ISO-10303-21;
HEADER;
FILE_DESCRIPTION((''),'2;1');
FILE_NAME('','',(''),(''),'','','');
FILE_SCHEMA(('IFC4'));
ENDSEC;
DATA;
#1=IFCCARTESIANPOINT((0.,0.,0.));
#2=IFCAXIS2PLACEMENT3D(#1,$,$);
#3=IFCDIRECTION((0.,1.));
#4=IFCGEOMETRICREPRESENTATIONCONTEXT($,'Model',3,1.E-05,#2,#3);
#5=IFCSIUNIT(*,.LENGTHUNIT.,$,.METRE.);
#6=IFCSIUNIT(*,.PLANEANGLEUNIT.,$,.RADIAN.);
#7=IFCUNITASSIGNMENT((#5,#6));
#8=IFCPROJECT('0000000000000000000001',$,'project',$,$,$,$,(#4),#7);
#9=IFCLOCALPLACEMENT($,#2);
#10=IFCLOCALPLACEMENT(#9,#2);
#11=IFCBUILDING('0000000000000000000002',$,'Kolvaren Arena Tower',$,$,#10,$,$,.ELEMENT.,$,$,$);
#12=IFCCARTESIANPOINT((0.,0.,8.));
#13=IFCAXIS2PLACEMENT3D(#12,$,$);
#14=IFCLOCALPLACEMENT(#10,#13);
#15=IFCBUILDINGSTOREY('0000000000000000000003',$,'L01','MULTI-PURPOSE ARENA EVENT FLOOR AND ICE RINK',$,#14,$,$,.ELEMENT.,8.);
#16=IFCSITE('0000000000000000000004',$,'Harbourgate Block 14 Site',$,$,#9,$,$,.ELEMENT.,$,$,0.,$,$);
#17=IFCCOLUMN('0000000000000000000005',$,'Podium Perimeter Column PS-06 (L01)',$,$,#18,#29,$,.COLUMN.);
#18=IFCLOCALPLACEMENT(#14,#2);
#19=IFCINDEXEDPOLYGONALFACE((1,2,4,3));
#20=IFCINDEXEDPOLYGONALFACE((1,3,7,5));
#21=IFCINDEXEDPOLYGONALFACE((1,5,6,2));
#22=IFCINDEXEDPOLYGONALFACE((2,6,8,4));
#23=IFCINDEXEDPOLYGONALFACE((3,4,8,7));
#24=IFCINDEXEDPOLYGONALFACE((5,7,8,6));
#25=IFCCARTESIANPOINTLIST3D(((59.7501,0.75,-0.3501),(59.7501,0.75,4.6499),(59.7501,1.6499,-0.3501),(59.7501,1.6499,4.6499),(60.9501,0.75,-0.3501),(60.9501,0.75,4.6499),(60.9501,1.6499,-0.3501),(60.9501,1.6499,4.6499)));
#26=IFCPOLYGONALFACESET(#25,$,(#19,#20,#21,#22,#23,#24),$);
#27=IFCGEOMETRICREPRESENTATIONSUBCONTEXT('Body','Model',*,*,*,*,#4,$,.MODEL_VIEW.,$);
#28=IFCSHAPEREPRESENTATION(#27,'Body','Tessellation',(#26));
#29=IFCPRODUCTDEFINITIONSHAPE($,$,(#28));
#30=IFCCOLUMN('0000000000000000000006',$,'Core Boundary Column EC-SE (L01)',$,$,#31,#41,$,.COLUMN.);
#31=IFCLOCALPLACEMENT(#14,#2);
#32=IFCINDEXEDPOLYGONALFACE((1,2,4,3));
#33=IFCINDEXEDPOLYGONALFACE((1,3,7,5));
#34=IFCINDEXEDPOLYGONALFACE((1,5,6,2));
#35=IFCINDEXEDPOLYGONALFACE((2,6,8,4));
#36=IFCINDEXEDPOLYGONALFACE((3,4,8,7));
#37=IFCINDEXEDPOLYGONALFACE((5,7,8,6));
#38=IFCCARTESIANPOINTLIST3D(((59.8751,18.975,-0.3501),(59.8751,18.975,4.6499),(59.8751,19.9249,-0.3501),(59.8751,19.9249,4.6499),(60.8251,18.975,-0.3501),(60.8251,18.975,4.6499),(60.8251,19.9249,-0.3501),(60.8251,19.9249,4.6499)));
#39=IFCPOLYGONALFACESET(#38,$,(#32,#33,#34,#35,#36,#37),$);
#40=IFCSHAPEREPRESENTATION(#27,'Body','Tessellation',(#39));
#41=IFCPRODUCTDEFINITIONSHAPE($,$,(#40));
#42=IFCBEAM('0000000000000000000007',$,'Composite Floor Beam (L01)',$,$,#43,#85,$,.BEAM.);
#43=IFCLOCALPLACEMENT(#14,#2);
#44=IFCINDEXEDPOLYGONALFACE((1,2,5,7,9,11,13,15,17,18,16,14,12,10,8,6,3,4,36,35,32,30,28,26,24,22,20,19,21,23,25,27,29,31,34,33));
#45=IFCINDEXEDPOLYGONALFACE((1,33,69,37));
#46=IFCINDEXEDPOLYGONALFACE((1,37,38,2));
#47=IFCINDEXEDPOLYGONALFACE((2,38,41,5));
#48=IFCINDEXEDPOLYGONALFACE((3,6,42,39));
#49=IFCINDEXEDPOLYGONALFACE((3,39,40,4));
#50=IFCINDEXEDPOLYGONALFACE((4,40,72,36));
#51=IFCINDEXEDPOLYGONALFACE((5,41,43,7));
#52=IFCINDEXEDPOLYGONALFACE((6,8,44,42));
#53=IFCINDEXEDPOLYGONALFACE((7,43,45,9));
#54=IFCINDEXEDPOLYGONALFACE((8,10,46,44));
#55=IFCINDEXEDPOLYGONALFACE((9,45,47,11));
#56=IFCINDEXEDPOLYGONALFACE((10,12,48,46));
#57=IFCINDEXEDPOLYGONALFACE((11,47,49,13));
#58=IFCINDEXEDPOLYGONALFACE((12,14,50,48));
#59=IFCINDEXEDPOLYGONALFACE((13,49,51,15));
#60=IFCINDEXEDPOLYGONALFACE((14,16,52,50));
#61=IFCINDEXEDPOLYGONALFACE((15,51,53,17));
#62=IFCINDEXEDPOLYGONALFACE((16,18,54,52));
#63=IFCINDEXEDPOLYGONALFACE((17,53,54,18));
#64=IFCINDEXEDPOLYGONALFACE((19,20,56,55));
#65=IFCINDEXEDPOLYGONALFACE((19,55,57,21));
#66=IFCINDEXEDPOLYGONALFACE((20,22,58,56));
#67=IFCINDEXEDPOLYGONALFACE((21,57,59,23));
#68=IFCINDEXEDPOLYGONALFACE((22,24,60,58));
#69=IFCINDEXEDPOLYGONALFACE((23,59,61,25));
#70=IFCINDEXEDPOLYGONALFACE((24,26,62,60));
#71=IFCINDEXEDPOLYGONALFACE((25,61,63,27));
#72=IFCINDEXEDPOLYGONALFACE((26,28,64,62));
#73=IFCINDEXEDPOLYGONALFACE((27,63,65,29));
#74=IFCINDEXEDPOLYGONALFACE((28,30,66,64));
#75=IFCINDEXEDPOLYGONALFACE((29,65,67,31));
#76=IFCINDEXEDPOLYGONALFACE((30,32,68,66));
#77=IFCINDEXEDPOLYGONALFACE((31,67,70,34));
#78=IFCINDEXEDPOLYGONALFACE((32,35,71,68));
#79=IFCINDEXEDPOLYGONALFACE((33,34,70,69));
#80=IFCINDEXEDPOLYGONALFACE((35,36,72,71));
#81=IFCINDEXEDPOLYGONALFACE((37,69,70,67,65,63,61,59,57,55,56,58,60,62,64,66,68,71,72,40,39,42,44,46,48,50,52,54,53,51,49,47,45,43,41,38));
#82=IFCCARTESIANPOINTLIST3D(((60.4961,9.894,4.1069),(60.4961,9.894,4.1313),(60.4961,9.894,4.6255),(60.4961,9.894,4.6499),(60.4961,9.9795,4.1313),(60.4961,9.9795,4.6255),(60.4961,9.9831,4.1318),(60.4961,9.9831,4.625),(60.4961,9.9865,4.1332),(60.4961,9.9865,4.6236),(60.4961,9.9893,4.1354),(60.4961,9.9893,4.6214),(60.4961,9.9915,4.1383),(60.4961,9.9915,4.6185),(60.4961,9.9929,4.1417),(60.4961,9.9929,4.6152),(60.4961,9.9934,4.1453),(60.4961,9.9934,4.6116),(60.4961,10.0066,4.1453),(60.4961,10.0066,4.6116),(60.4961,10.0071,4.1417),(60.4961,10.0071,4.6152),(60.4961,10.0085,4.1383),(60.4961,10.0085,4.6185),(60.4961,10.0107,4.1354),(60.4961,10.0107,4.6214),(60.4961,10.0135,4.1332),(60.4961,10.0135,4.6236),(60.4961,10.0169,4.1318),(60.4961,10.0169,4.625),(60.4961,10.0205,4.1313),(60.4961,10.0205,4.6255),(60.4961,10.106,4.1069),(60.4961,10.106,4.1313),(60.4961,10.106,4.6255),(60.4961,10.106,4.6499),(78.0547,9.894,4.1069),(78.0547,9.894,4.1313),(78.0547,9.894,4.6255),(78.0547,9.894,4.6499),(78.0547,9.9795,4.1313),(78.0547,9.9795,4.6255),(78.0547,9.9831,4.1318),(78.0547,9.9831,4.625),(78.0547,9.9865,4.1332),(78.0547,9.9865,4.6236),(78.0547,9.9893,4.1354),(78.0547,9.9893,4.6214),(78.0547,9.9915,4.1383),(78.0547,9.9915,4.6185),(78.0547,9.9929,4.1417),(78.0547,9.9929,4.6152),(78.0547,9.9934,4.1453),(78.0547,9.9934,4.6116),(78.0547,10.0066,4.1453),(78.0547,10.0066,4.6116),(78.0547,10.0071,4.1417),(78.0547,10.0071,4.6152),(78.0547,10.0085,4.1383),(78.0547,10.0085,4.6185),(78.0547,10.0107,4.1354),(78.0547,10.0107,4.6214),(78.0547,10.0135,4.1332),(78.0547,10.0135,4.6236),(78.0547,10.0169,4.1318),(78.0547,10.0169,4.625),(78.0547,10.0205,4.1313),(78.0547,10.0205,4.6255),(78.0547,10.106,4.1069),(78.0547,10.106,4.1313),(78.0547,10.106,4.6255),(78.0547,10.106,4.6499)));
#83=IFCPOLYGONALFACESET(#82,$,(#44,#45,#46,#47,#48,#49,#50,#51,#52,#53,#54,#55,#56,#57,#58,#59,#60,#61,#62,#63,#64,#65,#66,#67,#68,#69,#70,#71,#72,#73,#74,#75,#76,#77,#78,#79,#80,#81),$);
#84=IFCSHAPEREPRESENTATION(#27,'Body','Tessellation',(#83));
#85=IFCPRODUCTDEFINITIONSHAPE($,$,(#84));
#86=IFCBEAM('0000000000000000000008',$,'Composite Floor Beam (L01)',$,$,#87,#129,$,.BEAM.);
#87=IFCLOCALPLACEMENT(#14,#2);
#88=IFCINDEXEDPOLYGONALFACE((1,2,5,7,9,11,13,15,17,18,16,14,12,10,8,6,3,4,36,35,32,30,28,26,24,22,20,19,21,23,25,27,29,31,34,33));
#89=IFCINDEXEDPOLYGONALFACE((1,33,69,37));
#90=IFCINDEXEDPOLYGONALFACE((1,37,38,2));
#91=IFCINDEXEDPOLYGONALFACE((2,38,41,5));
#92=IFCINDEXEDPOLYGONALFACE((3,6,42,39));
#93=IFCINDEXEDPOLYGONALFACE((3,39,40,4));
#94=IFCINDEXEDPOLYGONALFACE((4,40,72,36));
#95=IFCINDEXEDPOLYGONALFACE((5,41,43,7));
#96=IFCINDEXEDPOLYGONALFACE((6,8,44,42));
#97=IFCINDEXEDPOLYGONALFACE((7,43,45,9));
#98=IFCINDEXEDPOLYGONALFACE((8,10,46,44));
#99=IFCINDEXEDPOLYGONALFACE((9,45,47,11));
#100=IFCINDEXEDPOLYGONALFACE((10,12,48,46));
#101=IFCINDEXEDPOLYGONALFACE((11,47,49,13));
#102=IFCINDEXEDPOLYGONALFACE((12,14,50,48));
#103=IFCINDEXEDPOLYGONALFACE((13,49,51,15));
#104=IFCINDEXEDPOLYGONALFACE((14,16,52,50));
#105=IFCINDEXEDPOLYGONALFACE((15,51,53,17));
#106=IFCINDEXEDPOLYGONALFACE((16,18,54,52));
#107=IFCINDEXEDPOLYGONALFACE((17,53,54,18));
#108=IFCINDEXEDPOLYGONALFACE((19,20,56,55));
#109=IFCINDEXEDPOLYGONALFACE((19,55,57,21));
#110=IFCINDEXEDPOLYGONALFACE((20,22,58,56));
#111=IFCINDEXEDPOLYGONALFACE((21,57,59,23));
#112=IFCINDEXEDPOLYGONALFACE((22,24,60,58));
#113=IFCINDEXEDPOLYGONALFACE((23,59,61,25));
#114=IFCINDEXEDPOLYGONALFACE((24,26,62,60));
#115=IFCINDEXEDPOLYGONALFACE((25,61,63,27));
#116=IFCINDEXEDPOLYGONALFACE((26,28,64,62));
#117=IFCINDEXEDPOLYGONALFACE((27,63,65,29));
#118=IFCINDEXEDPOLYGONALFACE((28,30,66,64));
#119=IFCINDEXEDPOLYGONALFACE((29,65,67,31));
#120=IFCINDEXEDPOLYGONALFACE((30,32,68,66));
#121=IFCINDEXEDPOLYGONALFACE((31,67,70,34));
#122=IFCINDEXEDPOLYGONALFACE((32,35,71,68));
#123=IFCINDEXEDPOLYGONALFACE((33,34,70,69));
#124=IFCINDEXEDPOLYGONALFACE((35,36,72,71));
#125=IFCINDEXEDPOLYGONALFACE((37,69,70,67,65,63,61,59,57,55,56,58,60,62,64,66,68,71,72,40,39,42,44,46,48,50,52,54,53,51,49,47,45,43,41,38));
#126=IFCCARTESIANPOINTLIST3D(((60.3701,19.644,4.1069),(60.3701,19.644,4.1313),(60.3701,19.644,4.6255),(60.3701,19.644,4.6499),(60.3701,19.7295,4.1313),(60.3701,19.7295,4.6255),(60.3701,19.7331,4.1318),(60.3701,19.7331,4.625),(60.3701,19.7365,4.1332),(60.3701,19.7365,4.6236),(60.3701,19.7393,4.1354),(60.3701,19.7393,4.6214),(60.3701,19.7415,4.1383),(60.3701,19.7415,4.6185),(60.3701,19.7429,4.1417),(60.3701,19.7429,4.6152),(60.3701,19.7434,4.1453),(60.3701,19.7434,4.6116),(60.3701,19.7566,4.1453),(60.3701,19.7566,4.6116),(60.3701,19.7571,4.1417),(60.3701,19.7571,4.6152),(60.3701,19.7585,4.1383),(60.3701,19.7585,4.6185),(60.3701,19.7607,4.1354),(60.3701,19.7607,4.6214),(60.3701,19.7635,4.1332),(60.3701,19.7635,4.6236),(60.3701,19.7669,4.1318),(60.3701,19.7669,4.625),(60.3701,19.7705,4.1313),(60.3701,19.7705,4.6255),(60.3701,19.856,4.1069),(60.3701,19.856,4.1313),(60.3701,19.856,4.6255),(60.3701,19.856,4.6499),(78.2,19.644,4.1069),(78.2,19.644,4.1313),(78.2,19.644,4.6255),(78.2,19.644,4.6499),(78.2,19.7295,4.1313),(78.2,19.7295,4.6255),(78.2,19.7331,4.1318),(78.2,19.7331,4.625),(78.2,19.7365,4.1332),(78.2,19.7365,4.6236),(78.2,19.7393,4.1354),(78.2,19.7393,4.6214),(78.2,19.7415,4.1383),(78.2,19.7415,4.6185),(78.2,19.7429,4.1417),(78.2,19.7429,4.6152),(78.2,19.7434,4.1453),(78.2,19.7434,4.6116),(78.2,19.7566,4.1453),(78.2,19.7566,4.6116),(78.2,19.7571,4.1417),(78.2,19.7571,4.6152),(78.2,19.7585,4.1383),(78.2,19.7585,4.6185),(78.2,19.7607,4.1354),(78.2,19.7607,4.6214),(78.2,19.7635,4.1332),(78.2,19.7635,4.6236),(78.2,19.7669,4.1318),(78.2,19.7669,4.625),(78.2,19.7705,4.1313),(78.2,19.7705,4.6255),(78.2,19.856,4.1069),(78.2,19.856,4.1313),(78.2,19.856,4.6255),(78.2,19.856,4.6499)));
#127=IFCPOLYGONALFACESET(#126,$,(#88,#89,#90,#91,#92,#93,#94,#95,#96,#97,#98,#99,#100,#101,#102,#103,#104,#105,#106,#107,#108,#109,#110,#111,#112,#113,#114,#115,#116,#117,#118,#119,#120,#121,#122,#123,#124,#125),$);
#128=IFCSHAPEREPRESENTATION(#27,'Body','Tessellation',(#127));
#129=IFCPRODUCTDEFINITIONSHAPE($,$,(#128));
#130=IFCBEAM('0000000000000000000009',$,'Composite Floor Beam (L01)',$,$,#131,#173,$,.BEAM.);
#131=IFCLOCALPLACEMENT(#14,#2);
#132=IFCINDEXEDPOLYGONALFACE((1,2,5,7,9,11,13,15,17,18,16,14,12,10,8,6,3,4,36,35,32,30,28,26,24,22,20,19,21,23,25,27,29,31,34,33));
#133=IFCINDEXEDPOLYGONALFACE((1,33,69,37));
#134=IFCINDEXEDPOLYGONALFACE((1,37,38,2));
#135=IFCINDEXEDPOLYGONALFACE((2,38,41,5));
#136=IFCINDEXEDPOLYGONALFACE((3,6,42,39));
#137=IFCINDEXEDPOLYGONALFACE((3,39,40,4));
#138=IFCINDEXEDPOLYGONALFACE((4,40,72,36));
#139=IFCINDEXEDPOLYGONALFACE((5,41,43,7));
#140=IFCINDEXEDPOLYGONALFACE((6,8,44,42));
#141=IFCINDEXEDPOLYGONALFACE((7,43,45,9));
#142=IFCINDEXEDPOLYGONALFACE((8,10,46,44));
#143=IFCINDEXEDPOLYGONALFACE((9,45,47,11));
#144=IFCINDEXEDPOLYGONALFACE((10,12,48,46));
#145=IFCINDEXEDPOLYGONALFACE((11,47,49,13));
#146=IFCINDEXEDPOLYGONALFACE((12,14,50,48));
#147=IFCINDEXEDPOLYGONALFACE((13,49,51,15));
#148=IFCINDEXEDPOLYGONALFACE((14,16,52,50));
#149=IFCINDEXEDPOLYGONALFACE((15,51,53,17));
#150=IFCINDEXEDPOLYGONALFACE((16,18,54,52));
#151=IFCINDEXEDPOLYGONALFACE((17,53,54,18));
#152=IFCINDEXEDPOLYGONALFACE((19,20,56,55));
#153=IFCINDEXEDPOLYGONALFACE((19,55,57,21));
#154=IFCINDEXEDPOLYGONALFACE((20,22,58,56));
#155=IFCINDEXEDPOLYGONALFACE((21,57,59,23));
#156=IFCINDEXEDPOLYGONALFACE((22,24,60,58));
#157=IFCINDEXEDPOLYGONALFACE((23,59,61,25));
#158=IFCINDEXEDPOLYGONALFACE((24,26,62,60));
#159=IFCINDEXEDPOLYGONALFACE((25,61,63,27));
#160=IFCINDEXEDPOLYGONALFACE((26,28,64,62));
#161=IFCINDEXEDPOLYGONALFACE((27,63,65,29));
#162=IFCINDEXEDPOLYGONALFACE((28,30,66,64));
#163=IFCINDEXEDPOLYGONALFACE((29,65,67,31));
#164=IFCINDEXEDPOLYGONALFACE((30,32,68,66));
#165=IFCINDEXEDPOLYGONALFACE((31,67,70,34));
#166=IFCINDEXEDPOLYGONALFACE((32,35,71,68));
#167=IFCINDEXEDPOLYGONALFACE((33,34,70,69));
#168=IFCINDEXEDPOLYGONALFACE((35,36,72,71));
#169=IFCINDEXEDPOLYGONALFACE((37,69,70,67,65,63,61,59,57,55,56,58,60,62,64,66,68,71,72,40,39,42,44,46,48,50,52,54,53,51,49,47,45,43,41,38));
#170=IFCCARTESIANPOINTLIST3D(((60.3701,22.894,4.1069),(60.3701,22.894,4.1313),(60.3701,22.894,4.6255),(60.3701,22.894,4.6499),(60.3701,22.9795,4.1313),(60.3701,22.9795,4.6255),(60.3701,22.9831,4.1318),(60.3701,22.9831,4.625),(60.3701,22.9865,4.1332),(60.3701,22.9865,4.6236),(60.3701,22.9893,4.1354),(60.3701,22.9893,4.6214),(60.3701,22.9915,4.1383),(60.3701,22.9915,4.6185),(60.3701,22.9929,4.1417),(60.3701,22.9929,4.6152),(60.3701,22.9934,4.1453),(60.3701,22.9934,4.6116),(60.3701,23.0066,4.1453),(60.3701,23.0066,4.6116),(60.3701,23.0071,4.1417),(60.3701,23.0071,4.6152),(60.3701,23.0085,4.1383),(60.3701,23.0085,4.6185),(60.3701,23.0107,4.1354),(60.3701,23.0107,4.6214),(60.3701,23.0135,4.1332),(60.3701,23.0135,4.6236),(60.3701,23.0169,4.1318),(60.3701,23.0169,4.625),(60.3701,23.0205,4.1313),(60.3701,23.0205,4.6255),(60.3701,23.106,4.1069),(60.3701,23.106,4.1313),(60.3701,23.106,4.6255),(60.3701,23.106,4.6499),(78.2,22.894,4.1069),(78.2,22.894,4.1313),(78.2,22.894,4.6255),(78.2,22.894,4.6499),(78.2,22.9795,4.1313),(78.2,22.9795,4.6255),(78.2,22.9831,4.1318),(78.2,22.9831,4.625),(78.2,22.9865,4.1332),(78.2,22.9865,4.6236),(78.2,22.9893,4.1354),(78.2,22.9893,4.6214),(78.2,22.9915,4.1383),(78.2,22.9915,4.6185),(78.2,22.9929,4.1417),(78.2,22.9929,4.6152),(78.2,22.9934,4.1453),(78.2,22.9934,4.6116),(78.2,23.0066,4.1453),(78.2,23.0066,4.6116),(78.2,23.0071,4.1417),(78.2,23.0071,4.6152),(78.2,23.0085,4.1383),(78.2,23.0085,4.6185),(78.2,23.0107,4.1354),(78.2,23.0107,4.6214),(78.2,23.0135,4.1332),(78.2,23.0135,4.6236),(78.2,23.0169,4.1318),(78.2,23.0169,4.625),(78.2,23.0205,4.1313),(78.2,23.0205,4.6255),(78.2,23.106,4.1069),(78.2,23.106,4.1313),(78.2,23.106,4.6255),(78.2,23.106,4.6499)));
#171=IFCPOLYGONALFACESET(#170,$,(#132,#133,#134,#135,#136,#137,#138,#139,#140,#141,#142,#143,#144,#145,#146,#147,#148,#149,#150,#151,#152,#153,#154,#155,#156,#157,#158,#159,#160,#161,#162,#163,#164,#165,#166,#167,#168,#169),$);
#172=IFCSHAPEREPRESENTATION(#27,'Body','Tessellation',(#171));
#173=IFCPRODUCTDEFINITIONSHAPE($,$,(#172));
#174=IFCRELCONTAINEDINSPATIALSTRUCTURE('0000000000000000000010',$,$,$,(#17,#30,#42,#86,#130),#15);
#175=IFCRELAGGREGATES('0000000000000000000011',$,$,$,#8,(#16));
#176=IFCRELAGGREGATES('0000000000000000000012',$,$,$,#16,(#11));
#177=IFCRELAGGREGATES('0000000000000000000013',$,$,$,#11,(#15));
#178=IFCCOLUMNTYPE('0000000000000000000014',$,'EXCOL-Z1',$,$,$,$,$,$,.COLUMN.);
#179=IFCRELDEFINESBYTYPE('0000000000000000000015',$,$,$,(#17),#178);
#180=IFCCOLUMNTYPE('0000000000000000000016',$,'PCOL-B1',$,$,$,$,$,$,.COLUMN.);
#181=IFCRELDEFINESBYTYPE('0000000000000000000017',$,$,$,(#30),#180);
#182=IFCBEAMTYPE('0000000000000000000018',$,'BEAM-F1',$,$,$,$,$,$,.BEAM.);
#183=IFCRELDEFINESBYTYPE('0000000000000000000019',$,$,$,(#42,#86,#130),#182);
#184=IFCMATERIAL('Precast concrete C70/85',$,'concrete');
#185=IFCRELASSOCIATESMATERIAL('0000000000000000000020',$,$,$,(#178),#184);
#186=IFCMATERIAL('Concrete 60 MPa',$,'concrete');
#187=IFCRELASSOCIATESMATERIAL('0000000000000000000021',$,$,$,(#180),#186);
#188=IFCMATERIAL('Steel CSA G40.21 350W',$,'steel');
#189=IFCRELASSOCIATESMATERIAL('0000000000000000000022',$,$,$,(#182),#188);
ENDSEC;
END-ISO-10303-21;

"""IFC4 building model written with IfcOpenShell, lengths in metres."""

from ifc_helpers import new_model, si_unit, direction, frame, origin, origin_2d, place, context, subcontext, project, spatial, rectangle, i_section, extrude, material, material_profile, profile_set, type_object, element, save


model = new_model("IFC4")

# Units and contexts
model_context = context("Model", 3, precision=1e-05, world=origin(), true_north=direction((0.0, 1.0)))
body_context = subcontext(model_context, "Body", "Model", "MODEL_VIEW")
ifc_project = project(units=[si_unit("LENGTHUNIT", "METRE"), si_unit("PLANEANGLEUNIT", "RADIAN")], contexts=[model_context])

# Site, building, storey
site_placement = place(None, origin())
site = spatial("IfcSite", under=ifc_project, at=site_placement, Name="Harbourgate Block 14 Site", CompositionType="ELEMENT", RefElevation=0.0)
building_placement = place(site_placement, origin())
building = spatial("IfcBuilding", under=site, at=building_placement, Name="Kolvaren Arena Tower", CompositionType="ELEMENT")
storey_placement = place(building_placement, frame((0.0, 0.0, 8.0)))
storey = spatial("IfcBuildingStorey", under=building, at=storey_placement, Name="L01", Description="MULTI-PURPOSE ARENA EVENT FLOOR AND ICE RINK", CompositionType="ELEMENT", Elevation=8.0)

# Columns
ifc_material_1 = material(Name="Precast concrete C70/85", Category="concrete")
ifc_material_profile_1 = material_profile(ifc_material_1, rectangle(XDim=1.2, YDim=0.8999, at=origin_2d()), Name="RC-1200x900")
ifc_profile_set_1 = profile_set([ifc_material_profile_1], Name="Precast concrete C70/85")
column_type_1 = type_object("IfcColumnType", Name="EXCOL-Z1", PredefinedType="COLUMN", material=ifc_profile_set_1)
column_1_placement = place(storey_placement, frame((60.3501, 1.2, -0.3501), z_axis=(0.0, 0.0, 1.0), x_axis=(1.0, 0.0, 0.0)))
element("IfcColumn", 1, at=column_1_placement, inside=storey, type_object=column_type_1, Name="Podium Perimeter Column PS-06 (L01)", PredefinedType="COLUMN", context=body_context, shape_type="SweptSolid", body=[
    extrude(rectangle(XDim=1.2, YDim=0.8999, at=origin_2d()), origin(), (0.0, 0.0, 1.0), 5.0),
])
ifc_material_2 = material(Name="Concrete 60 MPa", Category="concrete")
ifc_material_profile_2 = material_profile(ifc_material_2, rectangle(XDim=0.95, YDim=0.95, at=origin_2d()), Name="RC-950x950")
ifc_profile_set_2 = profile_set([ifc_material_profile_2], Name="Concrete 60 MPa")
column_type_2 = type_object("IfcColumnType", Name="PCOL-B1", PredefinedType="COLUMN", material=ifc_profile_set_2)
column_2_placement = place(storey_placement, frame((60.3501, 19.45, -0.3501), z_axis=(0.0, 0.0, 1.0), x_axis=(1.0, 0.0, 0.0)))
element("IfcColumn", 2, at=column_2_placement, inside=storey, type_object=column_type_2, Name="Core Boundary Column EC-SE (L01)", PredefinedType="COLUMN", context=body_context, shape_type="SweptSolid", body=[
    extrude(rectangle(XDim=0.95, YDim=0.95, at=origin_2d()), origin(), (0.0, 0.0, 1.0), 5.0),
])

# Beams
ifc_material_3 = material(Name="Steel CSA G40.21 350W", Category="steel")
ifc_material_profile_3 = material_profile(ifc_material_3, i_section(OverallWidth=0.2119, OverallDepth=0.543, WebThickness=0.0132, FlangeThickness=0.0244, FilletRadius=0.0139, at=origin_2d()), Name="W530x150")
ifc_profile_set_3 = profile_set([ifc_material_profile_3], Name="Steel CSA G40.21 350W")
beam_type_1 = type_object("IfcBeamType", Name="BEAM-F1", PredefinedType="BEAM", material=ifc_profile_set_3)
beam_1_placement = place(storey_placement, frame((60.4961, 10.0, 4.3784), z_axis=(1.0, 0.0, 0.0), x_axis=(0.0, 1.0, 0.0)))
element("IfcBeam", 3, at=beam_1_placement, inside=storey, type_object=beam_type_1, Name="Composite Floor Beam (L01)", PredefinedType="BEAM", context=body_context, shape_type="SweptSolid", body=[
    extrude(i_section(OverallWidth=0.2119, OverallDepth=0.543, WebThickness=0.0132, FlangeThickness=0.0244, FilletRadius=0.0139, at=origin_2d()), origin(), (0.0, 0.0, 1.0), 17.5586),
])
for number, where, z_axis, x_axis, name in (
    (4, (60.3701, 19.75, 4.3784), (1.0, 0.0, 0.0), (0.0, 1.0, 0.0), "Composite Floor Beam (L01)"),
    (5, (60.3701, 23.0, 4.3784), (1.0, 0.0, 0.0), (0.0, 1.0, 0.0), "Composite Floor Beam (L01)"),
):
    element("IfcBeam", number, at=place(storey_placement, frame(where, z_axis=z_axis, x_axis=x_axis)), inside=storey, type_object=beam_type_1, Name=name, PredefinedType="BEAM", context=body_context, shape_type="SweptSolid", body=[
        extrude(i_section(OverallWidth=0.2119, OverallDepth=0.543, WebThickness=0.0132, FlangeThickness=0.0244, FilletRadius=0.0139, at=origin_2d()), origin(), (0.0, 0.0, 1.0), 17.8298),
    ])

save(model, "model.ifc")
